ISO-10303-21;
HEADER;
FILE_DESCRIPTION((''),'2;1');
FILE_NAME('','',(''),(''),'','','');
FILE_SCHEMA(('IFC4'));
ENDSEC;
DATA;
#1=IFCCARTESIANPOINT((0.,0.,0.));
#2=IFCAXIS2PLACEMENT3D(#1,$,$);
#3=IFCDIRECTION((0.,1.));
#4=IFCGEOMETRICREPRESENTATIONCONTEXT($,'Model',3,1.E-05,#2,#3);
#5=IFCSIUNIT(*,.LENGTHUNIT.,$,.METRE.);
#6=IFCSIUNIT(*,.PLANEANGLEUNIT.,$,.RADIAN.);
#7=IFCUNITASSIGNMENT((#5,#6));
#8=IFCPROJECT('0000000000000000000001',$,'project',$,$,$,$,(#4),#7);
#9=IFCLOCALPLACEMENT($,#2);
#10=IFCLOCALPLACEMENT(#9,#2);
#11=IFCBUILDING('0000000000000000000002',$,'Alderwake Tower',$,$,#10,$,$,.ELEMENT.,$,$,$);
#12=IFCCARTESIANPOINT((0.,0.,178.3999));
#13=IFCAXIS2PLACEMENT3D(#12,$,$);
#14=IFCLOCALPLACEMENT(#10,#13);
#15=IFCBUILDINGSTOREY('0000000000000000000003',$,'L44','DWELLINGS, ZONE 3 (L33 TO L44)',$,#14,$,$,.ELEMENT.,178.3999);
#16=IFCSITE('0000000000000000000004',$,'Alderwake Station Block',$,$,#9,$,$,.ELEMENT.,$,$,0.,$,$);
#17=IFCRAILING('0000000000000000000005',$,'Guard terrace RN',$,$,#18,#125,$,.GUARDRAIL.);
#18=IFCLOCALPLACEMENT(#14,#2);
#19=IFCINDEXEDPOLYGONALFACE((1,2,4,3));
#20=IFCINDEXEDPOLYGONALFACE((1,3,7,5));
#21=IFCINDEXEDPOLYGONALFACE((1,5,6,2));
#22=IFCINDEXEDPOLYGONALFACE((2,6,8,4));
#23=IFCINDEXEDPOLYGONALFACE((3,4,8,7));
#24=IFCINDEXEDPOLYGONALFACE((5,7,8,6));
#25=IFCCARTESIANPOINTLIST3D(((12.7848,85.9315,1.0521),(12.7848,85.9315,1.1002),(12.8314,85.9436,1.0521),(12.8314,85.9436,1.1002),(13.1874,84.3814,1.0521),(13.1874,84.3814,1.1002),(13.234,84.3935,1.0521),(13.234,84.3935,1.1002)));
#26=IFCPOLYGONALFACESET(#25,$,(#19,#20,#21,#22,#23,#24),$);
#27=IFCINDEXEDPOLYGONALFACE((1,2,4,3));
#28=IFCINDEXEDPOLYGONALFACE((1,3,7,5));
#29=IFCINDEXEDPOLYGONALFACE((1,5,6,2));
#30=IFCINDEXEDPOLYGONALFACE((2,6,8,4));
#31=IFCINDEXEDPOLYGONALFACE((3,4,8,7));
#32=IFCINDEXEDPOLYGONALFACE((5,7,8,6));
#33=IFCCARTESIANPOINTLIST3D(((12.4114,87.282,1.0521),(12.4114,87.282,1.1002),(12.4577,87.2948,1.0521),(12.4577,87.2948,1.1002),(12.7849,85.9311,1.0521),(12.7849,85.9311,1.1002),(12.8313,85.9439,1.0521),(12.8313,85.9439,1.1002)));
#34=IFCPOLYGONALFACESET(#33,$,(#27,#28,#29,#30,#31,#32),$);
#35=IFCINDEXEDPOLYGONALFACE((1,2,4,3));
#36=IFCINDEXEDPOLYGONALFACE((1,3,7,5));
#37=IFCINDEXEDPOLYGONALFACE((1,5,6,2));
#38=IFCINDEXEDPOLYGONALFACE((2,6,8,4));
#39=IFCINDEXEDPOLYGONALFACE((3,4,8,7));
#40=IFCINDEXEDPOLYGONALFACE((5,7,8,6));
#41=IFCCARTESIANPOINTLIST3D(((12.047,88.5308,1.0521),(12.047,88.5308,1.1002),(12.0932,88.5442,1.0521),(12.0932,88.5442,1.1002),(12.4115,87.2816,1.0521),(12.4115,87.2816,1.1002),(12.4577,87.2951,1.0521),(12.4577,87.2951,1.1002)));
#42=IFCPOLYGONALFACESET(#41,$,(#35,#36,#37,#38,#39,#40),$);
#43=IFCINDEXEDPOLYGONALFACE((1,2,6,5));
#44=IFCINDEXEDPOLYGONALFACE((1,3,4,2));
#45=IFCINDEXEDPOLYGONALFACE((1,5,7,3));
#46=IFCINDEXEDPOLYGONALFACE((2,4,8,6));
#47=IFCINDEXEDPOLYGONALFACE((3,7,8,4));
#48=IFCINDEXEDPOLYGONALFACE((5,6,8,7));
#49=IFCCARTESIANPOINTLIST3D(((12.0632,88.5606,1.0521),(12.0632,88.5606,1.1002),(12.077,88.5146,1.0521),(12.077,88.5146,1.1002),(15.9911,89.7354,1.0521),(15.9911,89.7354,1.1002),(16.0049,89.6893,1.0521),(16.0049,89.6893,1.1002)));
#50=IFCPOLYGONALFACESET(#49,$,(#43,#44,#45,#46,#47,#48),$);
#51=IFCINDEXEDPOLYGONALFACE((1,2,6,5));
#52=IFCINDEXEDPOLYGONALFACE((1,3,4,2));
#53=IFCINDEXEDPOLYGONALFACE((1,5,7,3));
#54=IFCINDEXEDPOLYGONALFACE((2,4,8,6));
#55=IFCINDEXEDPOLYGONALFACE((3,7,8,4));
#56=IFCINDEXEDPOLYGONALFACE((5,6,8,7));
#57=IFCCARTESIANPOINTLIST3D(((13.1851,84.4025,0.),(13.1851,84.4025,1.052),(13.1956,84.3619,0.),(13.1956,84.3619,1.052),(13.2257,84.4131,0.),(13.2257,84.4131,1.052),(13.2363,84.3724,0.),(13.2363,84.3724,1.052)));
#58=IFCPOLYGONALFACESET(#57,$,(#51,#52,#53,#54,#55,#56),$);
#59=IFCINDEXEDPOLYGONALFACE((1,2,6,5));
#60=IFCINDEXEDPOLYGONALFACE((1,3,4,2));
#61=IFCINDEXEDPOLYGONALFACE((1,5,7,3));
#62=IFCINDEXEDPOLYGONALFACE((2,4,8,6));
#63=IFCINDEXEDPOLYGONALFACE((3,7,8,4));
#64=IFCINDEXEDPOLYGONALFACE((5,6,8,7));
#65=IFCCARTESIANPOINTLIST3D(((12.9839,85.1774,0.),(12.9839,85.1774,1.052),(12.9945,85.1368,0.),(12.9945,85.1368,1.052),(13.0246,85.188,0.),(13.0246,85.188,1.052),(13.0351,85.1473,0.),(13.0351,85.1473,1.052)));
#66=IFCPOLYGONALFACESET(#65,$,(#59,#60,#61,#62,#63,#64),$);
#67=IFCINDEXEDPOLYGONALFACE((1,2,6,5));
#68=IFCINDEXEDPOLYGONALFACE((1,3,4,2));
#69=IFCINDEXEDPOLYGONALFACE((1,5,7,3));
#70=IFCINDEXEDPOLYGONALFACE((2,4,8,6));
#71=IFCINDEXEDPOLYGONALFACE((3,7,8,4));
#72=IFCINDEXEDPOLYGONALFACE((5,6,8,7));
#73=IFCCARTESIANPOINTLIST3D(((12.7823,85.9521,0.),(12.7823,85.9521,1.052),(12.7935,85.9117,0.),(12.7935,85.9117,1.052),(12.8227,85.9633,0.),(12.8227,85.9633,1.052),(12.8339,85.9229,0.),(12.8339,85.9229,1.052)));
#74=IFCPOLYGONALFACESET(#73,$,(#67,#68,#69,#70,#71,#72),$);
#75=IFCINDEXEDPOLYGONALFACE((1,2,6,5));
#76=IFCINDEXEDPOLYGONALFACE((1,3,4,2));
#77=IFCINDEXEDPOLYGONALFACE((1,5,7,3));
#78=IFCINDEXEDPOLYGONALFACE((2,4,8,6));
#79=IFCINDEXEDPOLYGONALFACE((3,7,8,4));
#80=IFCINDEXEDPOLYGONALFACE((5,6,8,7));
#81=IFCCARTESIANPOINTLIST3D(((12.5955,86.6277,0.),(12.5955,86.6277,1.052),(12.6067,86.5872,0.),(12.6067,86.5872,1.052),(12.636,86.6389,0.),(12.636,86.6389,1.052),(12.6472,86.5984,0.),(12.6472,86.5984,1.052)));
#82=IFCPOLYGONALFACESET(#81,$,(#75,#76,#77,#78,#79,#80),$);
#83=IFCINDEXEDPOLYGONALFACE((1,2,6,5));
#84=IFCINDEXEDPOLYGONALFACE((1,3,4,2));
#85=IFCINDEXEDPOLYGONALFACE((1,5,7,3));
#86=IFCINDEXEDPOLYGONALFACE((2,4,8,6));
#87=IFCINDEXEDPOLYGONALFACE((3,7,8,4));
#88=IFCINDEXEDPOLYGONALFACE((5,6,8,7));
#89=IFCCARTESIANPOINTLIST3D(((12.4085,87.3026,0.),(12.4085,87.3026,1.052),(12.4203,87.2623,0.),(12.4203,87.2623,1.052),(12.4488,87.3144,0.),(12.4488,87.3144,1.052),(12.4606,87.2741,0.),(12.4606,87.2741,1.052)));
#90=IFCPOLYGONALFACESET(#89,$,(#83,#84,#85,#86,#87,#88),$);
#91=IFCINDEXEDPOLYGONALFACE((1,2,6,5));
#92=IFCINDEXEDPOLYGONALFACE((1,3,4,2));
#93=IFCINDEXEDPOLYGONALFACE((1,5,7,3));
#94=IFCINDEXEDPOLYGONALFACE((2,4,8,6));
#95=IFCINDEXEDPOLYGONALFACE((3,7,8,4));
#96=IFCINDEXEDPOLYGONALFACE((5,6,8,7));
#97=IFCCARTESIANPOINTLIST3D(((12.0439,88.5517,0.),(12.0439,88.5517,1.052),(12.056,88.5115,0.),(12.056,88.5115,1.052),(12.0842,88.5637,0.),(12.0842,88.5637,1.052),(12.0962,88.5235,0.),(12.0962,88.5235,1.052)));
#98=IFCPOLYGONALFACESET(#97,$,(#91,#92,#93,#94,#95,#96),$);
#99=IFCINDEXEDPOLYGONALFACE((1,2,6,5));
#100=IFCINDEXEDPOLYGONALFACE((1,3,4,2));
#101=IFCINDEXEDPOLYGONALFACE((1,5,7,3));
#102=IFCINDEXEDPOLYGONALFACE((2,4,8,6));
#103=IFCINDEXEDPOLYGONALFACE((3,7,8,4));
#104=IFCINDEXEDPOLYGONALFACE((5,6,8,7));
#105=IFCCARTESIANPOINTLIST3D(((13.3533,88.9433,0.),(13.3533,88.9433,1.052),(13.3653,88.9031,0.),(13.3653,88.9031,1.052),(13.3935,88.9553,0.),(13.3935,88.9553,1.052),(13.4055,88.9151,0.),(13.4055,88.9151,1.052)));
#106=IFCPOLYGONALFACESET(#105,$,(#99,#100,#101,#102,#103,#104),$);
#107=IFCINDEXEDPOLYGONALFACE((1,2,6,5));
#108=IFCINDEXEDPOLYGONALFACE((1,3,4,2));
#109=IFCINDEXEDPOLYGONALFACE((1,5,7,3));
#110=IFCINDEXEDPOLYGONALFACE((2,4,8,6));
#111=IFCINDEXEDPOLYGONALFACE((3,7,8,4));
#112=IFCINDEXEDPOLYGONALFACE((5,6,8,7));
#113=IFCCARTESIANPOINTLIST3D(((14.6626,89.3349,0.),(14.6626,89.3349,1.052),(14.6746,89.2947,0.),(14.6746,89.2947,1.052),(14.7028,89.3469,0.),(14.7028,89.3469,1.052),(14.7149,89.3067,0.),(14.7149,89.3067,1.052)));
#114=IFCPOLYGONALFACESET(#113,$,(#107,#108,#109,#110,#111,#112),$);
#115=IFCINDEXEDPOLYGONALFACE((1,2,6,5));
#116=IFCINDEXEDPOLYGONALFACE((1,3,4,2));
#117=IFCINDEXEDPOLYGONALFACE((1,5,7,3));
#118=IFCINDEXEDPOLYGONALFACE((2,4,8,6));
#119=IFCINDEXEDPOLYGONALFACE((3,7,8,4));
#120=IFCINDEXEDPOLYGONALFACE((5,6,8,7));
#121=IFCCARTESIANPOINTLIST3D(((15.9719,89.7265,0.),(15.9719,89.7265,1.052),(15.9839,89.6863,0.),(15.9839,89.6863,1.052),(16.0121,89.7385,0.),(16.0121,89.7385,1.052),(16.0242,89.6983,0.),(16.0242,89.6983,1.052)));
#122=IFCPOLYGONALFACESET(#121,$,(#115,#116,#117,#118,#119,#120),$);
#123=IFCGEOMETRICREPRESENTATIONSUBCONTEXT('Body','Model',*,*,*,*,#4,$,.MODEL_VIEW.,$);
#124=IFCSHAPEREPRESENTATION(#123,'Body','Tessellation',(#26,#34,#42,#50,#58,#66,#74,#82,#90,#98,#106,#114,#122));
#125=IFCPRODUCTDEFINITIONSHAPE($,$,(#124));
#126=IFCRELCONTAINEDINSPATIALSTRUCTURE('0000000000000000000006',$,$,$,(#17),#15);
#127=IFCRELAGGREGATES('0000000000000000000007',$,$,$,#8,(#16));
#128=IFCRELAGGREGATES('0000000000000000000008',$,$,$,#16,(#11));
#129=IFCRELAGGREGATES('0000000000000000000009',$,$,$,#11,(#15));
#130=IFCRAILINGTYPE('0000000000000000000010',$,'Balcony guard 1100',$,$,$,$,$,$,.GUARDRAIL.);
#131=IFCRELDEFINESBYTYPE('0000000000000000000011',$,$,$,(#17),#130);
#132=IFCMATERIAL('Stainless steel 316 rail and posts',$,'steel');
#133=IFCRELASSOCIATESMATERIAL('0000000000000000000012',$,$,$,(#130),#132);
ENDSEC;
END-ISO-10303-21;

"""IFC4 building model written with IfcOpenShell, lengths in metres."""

from ifc_helpers import new_model, si_unit, direction, frame, origin, origin_2d, place, context, subcontext, project, spatial, rectangle, extrude, material, type_object, element, save


model = new_model("IFC4")

# Units and contexts
model_context = context("Model", 3, precision=1e-05, world=origin(), true_north=direction((0.0, 1.0)))
body_context = subcontext(model_context, "Body", "Model", "MODEL_VIEW")
ifc_project = project(units=[si_unit("LENGTHUNIT", "METRE"), si_unit("PLANEANGLEUNIT", "RADIAN")], contexts=[model_context])

# Site, building, storey
site_placement = place(None, origin())
site = spatial("IfcSite", under=ifc_project, at=site_placement, Name="Alderwake Station Block", CompositionType="ELEMENT", RefElevation=0.0)
building_placement = place(site_placement, origin())
building = spatial("IfcBuilding", under=site, at=building_placement, Name="Alderwake Tower", CompositionType="ELEMENT")
storey_placement = place(building_placement, frame((0.0, 0.0, 178.3999)))
storey = spatial("IfcBuildingStorey", under=building, at=storey_placement, Name="L44", Description="DWELLINGS, ZONE 3 (L33 TO L44)", CompositionType="ELEMENT", Elevation=178.3999)

# Railing
ifc_material_1 = material(Name="Stainless steel 316 rail and posts", Category="steel")
railing_type = type_object("IfcRailingType", Name="Balcony guard 1100", PredefinedType="GUARDRAIL", material=ifc_material_1)
railing_placement = place(storey_placement, frame((13.2107, 84.3875, 0.0)))
element("IfcRailing", 1, at=railing_placement, inside=storey, type_object=railing_type, Name="Guard terrace RN", PredefinedType="GUARDRAIL", context=body_context, shape_type="SweptSolid", body=[
    extrude(rectangle(XDim=0.0481, YDim=0.0481, at=origin_2d()), frame((0.0, 0.0, 1.0762), z_axis=(-0.251385, 0.967887, 0.0), x_axis=(-0.967887, -0.251385, 0.0)), (0.0, 0.0, 1.0), 1.6016),
    extrude(rectangle(XDim=0.0481, YDim=0.0481, at=origin_2d()), frame((-0.4026, 1.55, 1.0762), z_axis=(-0.266521, 0.963829, 0.0), x_axis=(-0.963829, -0.266521, 0.0)), (0.0, 0.0, 1.0), 1.4016),
    extrude(rectangle(XDim=0.0481, YDim=0.0481, at=origin_2d()), frame((-0.7761, 2.9009, 1.0762), z_axis=(-0.280094, 0.959973, 0.0), x_axis=(-0.959973, -0.280094, 0.0)), (0.0, 0.0, 1.0), 1.3013),
    extrude(rectangle(XDim=0.0481, YDim=0.0481, at=origin_2d()), frame((-1.1406, 4.1501, 1.0762), z_axis=(0.958067, 0.286545, 0.0), x_axis=(-0.286545, 0.958067, 0.0)), (0.0, 0.0, 1.0), 4.0999),
    extrude(rectangle(XDim=0.042, YDim=0.042, at=origin_2d()), frame((0.0, 0.0, 0.0), z_axis=(0.0, 0.0, 1.0), x_axis=(-0.251385, 0.967887, 0.0)), (0.0, 0.0, 1.0), 1.052),
    extrude(rectangle(XDim=0.042, YDim=0.042, at=origin_2d()), frame((-0.2012, 0.7749, 0.0), z_axis=(0.0, 0.0, 1.0), x_axis=(-0.251385, 0.967887, 0.0)), (0.0, 0.0, 1.0), 1.052),
    extrude(rectangle(XDim=0.042, YDim=0.042, at=origin_2d()), frame((-0.4026, 1.55, 0.0), z_axis=(0.0, 0.0, 1.0), x_axis=(-0.266521, 0.963829, 0.0)), (0.0, 0.0, 1.0), 1.052),
    extrude(rectangle(XDim=0.042, YDim=0.042, at=origin_2d()), frame((-0.5894, 2.2256, 0.0), z_axis=(0.0, 0.0, 1.0), x_axis=(-0.266521, 0.963829, 0.0)), (0.0, 0.0, 1.0), 1.052),
    extrude(rectangle(XDim=0.042, YDim=0.042, at=origin_2d()), frame((-0.7761, 2.9009, 0.0), z_axis=(0.0, 0.0, 1.0), x_axis=(-0.280094, 0.959973, 0.0)), (0.0, 0.0, 1.0), 1.052),
    extrude(rectangle(XDim=0.042, YDim=0.042, at=origin_2d()), frame((-1.1406, 4.1501, 0.0), z_axis=(0.0, 0.0, 1.0), x_axis=(0.958067, 0.286545, 0.0)), (0.0, 0.0, 1.0), 1.052),
    extrude(rectangle(XDim=0.042, YDim=0.042, at=origin_2d()), frame((0.1687, 4.5417, 0.0), z_axis=(0.0, 0.0, 1.0), x_axis=(0.958067, 0.286545, 0.0)), (0.0, 0.0, 1.0), 1.052),
    extrude(rectangle(XDim=0.042, YDim=0.042, at=origin_2d()), frame((1.478, 4.9333, 0.0), z_axis=(0.0, 0.0, 1.0), x_axis=(0.958067, 0.286545, 0.0)), (0.0, 0.0, 1.0), 1.052),
    extrude(rectangle(XDim=0.042, YDim=0.042, at=origin_2d()), frame((2.7874, 5.325, 0.0), z_axis=(0.0, 0.0, 1.0), x_axis=(0.958067, 0.286545, 0.0)), (0.0, 0.0, 1.0), 1.052),
])

save(model, "model.ifc")
